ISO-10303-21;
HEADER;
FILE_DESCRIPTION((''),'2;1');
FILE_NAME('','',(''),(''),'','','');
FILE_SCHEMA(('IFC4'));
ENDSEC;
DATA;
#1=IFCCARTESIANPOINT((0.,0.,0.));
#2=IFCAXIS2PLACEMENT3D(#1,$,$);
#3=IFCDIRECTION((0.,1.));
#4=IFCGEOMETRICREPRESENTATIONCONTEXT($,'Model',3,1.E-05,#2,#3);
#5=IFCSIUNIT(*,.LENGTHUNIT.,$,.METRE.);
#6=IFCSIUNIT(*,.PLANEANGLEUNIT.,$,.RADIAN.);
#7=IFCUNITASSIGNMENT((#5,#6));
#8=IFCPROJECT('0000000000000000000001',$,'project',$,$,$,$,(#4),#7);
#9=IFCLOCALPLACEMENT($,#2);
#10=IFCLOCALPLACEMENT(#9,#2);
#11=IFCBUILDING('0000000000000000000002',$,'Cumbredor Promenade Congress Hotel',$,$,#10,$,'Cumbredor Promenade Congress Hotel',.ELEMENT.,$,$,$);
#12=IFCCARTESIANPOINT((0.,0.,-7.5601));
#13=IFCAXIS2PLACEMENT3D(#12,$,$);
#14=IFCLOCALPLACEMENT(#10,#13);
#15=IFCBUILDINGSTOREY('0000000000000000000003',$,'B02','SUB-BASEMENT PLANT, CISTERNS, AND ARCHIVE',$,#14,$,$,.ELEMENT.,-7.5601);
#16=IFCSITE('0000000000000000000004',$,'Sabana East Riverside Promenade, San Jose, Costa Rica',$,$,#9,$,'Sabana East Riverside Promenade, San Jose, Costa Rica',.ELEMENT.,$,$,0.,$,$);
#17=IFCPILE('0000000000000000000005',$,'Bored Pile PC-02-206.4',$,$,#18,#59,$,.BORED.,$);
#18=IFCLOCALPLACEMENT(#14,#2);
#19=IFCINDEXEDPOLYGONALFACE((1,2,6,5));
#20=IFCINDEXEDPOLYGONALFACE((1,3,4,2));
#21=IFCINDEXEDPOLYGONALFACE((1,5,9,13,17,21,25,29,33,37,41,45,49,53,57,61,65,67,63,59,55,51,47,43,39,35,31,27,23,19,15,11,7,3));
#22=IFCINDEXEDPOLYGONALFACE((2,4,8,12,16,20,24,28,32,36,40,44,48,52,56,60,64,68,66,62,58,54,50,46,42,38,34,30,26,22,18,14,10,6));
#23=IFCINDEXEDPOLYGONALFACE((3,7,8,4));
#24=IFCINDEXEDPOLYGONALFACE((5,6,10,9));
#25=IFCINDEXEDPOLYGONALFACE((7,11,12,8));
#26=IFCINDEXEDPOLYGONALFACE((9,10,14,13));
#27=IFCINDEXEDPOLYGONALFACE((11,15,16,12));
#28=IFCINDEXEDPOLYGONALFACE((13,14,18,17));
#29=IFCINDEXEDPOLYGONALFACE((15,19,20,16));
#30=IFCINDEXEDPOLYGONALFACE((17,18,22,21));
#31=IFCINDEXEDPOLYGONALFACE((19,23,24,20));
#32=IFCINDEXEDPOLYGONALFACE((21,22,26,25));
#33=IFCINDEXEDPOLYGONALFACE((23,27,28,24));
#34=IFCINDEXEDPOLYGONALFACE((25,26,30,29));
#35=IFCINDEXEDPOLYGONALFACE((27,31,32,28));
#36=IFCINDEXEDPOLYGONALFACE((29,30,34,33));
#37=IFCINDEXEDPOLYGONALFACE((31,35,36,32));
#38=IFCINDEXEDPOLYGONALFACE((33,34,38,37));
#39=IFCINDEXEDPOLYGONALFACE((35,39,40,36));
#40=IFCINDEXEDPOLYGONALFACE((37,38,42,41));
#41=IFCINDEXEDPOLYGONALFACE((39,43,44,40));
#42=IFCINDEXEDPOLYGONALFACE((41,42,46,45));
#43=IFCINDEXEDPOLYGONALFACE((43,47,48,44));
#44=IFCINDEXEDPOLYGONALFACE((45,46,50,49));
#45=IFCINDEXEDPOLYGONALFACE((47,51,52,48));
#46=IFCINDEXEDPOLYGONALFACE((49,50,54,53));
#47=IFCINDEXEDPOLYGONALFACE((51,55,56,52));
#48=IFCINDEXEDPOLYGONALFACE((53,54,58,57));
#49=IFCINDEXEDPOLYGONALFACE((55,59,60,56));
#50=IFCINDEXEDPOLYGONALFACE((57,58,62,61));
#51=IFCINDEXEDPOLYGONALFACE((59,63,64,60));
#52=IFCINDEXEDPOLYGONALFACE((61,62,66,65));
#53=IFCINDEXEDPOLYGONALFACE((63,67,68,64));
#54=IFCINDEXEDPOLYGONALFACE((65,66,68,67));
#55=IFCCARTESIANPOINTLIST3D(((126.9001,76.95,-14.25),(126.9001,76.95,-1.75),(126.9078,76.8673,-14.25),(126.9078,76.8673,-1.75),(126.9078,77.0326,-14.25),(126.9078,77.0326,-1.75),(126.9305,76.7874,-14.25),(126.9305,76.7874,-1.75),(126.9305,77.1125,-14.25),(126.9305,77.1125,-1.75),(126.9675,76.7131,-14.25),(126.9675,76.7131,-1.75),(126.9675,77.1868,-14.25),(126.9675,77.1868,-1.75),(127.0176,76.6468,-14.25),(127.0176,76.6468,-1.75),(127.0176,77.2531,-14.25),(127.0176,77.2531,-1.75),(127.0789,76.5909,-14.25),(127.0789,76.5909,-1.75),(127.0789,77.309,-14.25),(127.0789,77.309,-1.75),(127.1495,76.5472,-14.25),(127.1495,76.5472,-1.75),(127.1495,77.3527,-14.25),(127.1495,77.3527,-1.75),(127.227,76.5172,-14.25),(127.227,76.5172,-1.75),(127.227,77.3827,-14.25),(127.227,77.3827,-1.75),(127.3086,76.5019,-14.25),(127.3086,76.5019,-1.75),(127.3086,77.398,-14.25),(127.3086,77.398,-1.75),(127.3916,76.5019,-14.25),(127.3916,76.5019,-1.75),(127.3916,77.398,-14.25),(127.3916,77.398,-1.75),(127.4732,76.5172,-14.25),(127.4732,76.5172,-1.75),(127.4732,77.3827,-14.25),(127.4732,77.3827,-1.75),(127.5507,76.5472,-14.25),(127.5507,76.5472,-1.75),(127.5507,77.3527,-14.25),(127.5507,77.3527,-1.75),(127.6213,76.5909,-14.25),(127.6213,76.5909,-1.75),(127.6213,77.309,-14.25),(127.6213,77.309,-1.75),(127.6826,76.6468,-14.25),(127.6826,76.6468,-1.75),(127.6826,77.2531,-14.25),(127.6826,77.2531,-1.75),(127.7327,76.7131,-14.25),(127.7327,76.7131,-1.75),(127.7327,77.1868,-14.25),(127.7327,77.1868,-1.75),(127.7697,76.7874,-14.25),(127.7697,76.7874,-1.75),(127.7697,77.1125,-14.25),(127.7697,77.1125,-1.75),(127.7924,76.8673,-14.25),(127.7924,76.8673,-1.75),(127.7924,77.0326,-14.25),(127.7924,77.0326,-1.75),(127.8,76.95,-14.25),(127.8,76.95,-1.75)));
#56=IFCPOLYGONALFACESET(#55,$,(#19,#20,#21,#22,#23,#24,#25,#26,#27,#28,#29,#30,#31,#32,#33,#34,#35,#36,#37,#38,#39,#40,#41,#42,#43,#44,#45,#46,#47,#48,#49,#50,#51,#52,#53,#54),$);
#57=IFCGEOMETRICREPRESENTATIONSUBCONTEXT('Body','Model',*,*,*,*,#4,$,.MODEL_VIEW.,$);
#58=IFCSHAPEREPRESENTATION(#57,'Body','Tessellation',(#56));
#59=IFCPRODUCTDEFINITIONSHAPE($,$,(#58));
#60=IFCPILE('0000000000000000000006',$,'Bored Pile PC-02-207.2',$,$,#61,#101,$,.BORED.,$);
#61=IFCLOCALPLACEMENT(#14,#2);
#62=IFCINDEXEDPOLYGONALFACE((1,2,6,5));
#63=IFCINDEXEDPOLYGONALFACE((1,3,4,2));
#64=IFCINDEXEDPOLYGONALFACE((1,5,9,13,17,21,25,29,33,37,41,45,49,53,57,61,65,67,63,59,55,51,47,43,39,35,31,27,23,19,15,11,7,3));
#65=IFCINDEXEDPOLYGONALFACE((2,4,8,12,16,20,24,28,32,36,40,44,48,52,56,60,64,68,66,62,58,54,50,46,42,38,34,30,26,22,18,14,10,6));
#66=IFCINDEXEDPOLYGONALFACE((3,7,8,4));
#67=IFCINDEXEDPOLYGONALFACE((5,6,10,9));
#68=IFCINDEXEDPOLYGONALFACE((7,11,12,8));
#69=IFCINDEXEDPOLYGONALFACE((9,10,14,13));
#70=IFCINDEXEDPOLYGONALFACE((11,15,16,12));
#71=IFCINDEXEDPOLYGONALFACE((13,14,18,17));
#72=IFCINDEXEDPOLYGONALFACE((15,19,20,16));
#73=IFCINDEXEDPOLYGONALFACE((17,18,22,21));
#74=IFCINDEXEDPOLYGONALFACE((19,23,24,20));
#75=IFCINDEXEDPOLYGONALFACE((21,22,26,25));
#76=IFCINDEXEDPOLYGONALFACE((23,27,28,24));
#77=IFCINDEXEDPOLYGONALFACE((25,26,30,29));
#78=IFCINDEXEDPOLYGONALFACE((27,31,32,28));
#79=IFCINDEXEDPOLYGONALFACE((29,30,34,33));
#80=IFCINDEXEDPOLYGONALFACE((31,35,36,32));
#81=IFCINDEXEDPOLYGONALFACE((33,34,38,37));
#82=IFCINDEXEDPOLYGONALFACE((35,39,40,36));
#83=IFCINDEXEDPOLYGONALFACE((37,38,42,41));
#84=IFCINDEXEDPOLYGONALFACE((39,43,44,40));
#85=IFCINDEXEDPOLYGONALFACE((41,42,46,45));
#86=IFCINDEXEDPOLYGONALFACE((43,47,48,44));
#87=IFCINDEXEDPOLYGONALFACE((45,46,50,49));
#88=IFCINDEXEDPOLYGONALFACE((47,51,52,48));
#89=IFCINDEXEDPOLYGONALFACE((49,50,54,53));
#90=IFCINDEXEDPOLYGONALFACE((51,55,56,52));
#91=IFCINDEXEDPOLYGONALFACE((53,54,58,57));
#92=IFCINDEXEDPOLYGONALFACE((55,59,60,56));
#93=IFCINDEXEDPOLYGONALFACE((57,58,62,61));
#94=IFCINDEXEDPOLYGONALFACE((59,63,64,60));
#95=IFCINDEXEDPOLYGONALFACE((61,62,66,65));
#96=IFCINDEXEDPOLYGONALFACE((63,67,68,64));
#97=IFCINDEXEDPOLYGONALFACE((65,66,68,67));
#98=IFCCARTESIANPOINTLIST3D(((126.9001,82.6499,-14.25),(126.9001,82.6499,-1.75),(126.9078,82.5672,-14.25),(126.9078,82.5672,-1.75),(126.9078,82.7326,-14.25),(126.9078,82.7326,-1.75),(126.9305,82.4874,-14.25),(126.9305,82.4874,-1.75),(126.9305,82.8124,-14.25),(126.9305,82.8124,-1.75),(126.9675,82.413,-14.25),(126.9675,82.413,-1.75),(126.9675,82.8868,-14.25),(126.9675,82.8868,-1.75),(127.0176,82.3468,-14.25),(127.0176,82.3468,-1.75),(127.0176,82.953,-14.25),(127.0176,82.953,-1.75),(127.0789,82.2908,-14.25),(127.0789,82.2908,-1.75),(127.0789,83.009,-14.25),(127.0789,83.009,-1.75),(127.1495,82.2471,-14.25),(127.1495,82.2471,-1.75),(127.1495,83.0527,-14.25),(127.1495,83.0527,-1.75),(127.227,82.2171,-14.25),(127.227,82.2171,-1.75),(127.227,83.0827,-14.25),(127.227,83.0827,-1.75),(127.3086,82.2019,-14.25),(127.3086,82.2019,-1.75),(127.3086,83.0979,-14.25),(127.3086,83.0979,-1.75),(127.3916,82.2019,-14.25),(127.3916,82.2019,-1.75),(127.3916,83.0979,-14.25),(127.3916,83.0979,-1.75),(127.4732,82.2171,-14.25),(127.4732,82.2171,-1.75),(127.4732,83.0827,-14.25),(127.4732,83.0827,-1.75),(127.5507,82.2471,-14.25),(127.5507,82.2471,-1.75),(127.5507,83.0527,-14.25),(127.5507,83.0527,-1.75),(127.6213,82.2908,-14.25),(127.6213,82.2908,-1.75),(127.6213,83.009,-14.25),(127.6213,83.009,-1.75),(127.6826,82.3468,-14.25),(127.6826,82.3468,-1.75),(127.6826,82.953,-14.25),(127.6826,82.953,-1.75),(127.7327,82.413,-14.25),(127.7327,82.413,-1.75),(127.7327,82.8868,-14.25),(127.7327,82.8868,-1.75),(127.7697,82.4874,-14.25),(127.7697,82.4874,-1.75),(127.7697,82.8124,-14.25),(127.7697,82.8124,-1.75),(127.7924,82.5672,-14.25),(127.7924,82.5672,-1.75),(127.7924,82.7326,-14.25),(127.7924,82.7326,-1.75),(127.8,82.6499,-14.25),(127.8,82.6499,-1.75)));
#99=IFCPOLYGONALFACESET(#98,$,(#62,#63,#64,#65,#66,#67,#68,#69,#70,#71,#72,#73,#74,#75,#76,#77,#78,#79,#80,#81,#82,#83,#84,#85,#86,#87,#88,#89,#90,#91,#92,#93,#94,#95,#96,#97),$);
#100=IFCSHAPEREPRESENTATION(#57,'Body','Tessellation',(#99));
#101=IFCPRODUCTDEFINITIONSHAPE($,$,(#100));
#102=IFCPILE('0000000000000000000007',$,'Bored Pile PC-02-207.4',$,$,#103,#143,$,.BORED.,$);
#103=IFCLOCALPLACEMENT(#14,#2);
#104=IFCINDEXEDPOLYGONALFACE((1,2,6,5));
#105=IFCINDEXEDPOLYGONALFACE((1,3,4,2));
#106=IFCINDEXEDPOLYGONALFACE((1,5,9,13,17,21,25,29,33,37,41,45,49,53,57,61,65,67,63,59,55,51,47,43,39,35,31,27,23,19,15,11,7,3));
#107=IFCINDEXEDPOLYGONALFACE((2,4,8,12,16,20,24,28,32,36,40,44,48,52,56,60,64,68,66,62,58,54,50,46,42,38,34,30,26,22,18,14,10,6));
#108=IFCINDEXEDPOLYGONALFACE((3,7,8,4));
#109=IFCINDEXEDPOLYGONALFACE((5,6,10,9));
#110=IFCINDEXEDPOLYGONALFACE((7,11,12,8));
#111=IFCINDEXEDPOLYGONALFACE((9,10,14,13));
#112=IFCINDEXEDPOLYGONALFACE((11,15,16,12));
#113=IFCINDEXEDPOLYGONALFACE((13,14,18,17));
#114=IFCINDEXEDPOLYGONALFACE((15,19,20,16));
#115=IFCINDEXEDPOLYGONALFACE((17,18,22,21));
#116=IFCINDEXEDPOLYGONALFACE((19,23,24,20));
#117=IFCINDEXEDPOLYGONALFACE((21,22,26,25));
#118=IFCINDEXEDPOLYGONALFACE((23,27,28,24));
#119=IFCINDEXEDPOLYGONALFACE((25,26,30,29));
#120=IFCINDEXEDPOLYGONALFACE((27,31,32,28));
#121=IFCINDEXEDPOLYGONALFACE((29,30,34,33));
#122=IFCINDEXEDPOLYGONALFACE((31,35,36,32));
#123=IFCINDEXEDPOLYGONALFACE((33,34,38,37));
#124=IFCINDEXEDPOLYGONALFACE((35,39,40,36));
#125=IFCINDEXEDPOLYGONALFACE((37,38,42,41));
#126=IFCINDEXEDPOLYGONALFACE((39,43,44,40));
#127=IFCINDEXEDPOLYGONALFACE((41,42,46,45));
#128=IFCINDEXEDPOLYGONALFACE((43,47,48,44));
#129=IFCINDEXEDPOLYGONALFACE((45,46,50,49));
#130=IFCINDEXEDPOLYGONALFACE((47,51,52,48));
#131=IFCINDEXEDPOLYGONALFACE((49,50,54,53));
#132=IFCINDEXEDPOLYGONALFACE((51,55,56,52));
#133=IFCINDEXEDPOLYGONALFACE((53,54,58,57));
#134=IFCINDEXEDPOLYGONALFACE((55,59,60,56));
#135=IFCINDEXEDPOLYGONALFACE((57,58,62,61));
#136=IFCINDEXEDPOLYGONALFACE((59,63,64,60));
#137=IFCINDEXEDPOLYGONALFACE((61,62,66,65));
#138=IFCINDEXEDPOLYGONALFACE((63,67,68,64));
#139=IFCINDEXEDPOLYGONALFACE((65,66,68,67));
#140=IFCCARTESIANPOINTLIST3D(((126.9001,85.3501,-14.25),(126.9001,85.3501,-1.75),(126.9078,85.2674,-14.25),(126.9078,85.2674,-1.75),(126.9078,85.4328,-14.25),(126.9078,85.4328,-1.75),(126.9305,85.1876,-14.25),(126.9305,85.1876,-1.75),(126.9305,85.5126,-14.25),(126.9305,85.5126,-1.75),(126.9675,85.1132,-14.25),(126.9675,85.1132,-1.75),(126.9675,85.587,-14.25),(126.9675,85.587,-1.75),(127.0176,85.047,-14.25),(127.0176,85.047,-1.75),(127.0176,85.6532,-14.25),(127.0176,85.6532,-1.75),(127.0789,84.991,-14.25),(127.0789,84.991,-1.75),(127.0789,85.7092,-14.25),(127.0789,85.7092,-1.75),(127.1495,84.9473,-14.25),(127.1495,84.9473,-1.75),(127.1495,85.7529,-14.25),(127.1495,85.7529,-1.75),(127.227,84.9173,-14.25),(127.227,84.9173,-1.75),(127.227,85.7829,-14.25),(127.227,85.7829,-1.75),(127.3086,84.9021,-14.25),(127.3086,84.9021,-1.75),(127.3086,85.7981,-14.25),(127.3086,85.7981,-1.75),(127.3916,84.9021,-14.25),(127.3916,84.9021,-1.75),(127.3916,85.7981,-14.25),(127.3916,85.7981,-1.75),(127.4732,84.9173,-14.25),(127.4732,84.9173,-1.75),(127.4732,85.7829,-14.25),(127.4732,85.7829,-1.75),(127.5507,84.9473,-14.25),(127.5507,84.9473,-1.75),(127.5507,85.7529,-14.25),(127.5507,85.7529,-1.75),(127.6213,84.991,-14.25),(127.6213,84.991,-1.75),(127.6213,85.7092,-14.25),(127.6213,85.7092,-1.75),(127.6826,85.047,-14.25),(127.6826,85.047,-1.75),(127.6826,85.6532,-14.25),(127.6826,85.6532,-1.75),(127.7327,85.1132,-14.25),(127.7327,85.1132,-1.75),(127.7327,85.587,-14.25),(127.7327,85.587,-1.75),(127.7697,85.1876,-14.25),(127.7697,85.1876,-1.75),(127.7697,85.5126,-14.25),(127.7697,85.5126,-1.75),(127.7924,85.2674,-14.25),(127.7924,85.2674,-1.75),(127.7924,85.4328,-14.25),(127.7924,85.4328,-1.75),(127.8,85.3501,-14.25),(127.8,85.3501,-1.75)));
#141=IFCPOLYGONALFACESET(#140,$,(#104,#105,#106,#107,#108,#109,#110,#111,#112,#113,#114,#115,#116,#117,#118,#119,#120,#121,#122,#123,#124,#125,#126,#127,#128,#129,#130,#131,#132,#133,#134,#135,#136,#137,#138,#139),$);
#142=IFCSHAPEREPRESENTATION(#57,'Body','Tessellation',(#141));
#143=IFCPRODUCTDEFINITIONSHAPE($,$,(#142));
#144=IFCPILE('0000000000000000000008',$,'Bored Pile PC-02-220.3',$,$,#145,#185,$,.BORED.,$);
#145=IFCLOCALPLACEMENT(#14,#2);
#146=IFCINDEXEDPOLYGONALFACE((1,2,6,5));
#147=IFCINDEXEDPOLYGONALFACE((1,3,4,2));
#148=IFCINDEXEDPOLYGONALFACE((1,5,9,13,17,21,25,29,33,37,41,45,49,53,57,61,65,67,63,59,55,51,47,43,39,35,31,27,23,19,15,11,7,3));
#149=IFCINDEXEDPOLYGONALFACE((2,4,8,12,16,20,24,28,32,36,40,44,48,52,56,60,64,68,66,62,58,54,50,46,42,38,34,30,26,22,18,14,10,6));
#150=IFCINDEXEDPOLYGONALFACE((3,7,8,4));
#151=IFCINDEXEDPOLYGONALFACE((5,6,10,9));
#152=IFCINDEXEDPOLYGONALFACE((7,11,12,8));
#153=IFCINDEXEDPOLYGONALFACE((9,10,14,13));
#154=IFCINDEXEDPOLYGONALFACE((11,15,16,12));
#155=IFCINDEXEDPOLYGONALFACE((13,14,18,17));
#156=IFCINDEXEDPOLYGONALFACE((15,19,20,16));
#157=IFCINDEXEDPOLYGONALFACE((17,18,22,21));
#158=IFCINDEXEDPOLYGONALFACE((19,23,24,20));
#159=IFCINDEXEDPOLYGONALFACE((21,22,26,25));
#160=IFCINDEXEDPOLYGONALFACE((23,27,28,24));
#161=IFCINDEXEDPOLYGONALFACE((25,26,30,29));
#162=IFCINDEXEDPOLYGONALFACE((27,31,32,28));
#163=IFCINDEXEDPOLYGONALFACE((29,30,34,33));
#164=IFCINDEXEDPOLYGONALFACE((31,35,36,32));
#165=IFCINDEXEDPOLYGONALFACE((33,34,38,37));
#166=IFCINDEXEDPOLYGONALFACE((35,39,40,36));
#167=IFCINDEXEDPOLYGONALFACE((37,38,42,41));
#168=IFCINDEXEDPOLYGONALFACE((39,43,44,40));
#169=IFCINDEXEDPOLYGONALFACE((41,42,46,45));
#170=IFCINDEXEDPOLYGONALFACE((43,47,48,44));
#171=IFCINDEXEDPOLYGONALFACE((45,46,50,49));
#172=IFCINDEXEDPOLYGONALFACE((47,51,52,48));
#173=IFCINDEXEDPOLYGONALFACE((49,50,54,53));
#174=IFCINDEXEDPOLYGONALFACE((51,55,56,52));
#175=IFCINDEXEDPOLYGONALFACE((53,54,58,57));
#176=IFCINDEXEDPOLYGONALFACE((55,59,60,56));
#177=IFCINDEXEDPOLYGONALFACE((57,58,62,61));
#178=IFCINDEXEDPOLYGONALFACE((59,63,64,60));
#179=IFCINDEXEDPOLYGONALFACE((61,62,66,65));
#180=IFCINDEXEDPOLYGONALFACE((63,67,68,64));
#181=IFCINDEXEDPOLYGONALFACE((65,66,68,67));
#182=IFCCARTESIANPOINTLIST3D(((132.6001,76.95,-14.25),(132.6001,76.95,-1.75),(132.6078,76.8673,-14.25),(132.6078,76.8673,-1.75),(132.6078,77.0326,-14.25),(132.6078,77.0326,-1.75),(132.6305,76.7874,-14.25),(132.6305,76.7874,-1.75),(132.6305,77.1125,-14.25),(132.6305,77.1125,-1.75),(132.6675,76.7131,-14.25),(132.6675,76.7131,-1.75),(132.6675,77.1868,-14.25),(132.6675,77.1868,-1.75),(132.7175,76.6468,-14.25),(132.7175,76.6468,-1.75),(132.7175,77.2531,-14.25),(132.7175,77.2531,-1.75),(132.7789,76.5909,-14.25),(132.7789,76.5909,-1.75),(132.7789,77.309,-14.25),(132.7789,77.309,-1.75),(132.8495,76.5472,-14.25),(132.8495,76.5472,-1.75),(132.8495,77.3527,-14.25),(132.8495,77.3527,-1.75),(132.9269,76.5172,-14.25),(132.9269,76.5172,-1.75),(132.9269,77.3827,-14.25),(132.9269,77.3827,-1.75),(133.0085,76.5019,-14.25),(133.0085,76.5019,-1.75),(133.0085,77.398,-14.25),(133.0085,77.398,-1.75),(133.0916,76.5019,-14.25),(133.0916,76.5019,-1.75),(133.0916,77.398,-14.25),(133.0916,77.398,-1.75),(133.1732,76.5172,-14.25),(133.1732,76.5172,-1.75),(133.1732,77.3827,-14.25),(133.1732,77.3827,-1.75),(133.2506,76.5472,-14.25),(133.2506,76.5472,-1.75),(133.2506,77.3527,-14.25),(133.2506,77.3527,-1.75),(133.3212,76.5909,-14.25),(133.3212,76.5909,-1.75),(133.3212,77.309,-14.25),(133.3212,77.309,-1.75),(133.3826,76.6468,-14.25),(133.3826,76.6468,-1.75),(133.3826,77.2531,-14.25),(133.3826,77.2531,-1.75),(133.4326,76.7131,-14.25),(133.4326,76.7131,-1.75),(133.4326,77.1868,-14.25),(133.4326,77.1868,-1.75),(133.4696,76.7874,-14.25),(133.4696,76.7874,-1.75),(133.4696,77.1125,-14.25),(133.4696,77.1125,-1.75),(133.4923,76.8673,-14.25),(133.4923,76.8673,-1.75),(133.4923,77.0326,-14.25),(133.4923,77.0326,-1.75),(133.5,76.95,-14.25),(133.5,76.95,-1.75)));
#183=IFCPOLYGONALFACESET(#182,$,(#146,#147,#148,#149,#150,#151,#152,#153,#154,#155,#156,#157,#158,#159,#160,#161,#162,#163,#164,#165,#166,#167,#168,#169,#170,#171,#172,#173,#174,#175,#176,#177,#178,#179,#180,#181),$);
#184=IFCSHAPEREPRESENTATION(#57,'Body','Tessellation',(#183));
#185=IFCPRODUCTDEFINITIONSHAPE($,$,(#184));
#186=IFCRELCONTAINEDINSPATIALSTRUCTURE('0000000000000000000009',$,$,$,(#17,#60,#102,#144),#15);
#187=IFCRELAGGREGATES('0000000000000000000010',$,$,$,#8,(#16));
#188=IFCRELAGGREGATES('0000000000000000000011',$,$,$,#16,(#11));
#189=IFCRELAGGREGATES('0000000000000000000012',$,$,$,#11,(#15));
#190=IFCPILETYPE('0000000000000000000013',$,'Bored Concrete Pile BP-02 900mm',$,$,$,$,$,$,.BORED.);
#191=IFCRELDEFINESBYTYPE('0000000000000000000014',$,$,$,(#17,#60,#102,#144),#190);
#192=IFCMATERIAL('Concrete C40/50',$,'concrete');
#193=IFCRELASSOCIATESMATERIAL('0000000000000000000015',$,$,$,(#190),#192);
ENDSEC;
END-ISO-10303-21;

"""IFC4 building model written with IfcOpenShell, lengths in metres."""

from ifc_helpers import new_model, si_unit, direction, frame, origin, origin_2d, place, context, subcontext, project, spatial, circle, extrude, material, material_profile, profile_set, type_object, element, save


model = new_model("IFC4")

# Units and contexts
model_context = context("Model", 3, precision=1e-05, world=origin(), true_north=direction((0.0, 1.0)))
body_context = subcontext(model_context, "Body", "Model", "MODEL_VIEW")
ifc_project = project(units=[si_unit("LENGTHUNIT", "METRE"), si_unit("PLANEANGLEUNIT", "RADIAN")], contexts=[model_context])

# Site, building, storey
site_placement = place(None, origin())
site = spatial("IfcSite", under=ifc_project, at=site_placement, Name="Sabana East Riverside Promenade, San Jose, Costa Rica", LongName="Sabana East Riverside Promenade, San Jose, Costa Rica", CompositionType="ELEMENT", RefElevation=0.0)
building_placement = place(site_placement, origin())
building = spatial("IfcBuilding", under=site, at=building_placement, Name="Cumbredor Promenade Congress Hotel", LongName="Cumbredor Promenade Congress Hotel", CompositionType="ELEMENT")
storey_placement = place(building_placement, frame((0.0, 0.0, -7.5601)))
storey = spatial("IfcBuildingStorey", under=building, at=storey_placement, Name="B02", Description="SUB-BASEMENT PLANT, CISTERNS, AND ARCHIVE", CompositionType="ELEMENT", Elevation=-7.5601)

# Piles
ifc_material_1 = material(Name="Concrete C40/50", Category="concrete")
ifc_material_profile_1 = material_profile(ifc_material_1, circle(Radius=0.45, at=origin_2d()), Name="PILE D900")
ifc_profile_set_1 = profile_set([ifc_material_profile_1], Name="Concrete C40/50")
pile_type = type_object("IfcPileType", Name="Bored Concrete Pile BP-02 900mm", PredefinedType="BORED", material=ifc_profile_set_1)
for number, where, z_axis, x_axis, name in (
    (1, (127.3501, 76.95, -1.75), (0.0, 0.0, -1.0), (1.0, 0.0, 0.0), "Bored Pile PC-02-206.4"),
    (2, (127.3501, 82.6499, -1.75), (0.0, 0.0, -1.0), (1.0, 0.0, 0.0), "Bored Pile PC-02-207.2"),
    (3, (127.3501, 85.3501, -1.75), (0.0, 0.0, -1.0), (1.0, 0.0, 0.0), "Bored Pile PC-02-207.4"),
    (4, (133.05, 76.95, -1.75), (0.0, 0.0, -1.0), (1.0, 0.0, 0.0), "Bored Pile PC-02-220.3"),
):
    element("IfcPile", number, at=place(storey_placement, frame(where, z_axis=z_axis, x_axis=x_axis)), inside=storey, type_object=pile_type, Name=name, PredefinedType="BORED", context=body_context, shape_type="SweptSolid", body=[
        extrude(circle(Radius=0.45, at=origin_2d()), origin(), (0.0, 0.0, 1.0), 12.5),
    ])

save(model, "model.ifc")
